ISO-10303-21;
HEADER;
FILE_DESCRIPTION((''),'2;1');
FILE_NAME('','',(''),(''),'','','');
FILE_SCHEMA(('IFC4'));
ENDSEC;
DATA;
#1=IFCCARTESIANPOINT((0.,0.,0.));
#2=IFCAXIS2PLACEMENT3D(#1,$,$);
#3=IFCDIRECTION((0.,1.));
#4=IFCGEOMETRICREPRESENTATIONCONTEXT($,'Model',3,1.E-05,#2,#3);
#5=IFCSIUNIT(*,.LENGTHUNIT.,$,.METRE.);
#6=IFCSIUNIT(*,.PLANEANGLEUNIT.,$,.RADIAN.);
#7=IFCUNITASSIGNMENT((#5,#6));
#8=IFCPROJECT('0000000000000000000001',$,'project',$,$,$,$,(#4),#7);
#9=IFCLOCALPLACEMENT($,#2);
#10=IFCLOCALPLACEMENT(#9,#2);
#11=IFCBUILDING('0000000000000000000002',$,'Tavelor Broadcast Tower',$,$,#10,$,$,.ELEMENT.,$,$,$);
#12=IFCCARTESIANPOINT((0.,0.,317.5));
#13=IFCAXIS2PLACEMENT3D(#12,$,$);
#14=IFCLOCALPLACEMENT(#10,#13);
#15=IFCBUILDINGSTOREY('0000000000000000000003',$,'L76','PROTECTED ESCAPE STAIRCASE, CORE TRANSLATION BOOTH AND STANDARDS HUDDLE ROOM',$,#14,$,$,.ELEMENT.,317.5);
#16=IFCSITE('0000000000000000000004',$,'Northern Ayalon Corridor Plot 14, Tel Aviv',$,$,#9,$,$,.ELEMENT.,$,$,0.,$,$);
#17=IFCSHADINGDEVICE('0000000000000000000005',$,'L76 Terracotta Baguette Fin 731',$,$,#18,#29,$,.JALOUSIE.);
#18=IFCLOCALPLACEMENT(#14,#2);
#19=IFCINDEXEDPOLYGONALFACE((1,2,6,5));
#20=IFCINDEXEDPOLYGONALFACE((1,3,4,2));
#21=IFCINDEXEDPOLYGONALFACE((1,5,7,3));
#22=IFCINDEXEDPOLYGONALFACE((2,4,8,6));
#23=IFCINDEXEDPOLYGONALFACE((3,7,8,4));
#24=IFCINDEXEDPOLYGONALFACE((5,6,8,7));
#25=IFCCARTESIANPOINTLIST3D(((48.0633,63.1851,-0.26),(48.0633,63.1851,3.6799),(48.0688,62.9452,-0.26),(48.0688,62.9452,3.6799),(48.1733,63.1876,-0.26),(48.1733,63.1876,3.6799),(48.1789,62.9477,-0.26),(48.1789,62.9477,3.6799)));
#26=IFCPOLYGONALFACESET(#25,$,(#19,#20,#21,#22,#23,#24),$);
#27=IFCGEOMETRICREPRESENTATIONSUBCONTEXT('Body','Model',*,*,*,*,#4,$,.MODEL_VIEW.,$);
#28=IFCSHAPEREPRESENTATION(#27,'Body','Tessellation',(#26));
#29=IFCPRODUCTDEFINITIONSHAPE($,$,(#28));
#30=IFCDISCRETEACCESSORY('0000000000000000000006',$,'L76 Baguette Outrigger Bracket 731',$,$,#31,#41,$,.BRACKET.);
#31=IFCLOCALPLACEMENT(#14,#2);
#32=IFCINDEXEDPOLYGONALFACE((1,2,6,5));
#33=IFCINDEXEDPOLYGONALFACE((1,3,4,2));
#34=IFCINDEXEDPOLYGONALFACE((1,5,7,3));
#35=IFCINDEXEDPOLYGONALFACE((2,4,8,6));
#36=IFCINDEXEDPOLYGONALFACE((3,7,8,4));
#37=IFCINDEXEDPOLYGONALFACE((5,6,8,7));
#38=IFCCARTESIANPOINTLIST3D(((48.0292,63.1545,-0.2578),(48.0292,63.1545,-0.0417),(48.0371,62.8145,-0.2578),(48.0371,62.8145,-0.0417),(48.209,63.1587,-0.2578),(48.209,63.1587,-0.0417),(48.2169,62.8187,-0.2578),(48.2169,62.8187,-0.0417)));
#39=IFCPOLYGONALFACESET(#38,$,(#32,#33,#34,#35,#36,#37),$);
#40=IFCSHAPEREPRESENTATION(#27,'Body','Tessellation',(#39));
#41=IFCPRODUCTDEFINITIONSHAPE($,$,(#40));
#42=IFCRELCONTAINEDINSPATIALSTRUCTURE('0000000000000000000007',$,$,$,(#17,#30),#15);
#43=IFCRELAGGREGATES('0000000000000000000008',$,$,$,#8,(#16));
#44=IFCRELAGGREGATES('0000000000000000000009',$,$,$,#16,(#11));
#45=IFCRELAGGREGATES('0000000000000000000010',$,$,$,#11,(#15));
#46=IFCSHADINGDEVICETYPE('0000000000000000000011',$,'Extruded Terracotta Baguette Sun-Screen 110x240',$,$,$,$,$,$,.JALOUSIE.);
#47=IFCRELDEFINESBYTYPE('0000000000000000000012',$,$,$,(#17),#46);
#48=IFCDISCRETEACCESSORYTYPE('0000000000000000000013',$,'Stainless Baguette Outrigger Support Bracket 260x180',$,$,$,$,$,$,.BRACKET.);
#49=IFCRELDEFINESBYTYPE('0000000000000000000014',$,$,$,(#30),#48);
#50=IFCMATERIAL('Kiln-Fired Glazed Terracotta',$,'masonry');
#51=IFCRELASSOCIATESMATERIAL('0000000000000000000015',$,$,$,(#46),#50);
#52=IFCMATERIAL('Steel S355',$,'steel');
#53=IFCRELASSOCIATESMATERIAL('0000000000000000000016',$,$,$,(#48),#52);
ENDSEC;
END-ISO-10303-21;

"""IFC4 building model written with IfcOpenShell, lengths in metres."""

from ifc_helpers import new_model, si_unit, direction, frame, origin, origin_2d, place, context, subcontext, project, spatial, rectangle, extrude, source, transform, mapped, material, type_object, type_shapes, element, save


model = new_model("IFC4")

# Units and contexts
model_context = context("Model", 3, precision=1e-05, world=origin(), true_north=direction((0.0, 1.0)))
body_context = subcontext(model_context, "Body", "Model", "MODEL_VIEW")
ifc_project = project(units=[si_unit("LENGTHUNIT", "METRE"), si_unit("PLANEANGLEUNIT", "RADIAN")], contexts=[model_context])

# Site, building, storey
site_placement = place(None, origin())
site = spatial("IfcSite", under=ifc_project, at=site_placement, Name="Northern Ayalon Corridor Plot 14, Tel Aviv", CompositionType="ELEMENT", RefElevation=0.0)
building_placement = place(site_placement, origin())
building = spatial("IfcBuilding", under=site, at=building_placement, Name="Tavelor Broadcast Tower", CompositionType="ELEMENT")
storey_placement = place(building_placement, frame((0.0, 0.0, 317.5)))
storey = spatial("IfcBuildingStorey", under=building, at=storey_placement, Name="L76", Description="PROTECTED ESCAPE STAIRCASE, CORE TRANSLATION BOOTH AND STANDARDS HUDDLE ROOM", CompositionType="ELEMENT", Elevation=317.5)

# Shared definitions
ifc_material_1 = material(Name="Steel S355", Category="steel")

# Shading device
ifc_material_2 = material(Name="Kiln-Fired Glazed Terracotta", Category="masonry")
shading_device_type = type_object("IfcShadingDeviceType", Name="Extruded Terracotta Baguette Sun-Screen 110x240", PredefinedType="JALOUSIE", material=ifc_material_2)
shared_shape_1 = source(origin(), body_context, "Body", "SweptSolid", [
    extrude(rectangle(XDim=0.1101, YDim=0.24, at=origin_2d()), origin(), (0.0, 0.0, 1.0), 3.9399),
])
type_shapes(shading_device_type, [shared_shape_1])
shading_device_placement = place(storey_placement, frame((48.1211, 63.0664, -0.26), z_axis=(0.0, 0.0, 1.0), x_axis=(-0.999731, -0.023211, 0.0)))
element("IfcShadingDevice", 1, at=shading_device_placement, inside=storey, type_object=shading_device_type, Name="L76 Terracotta Baguette Fin 731", PredefinedType="JALOUSIE", context=body_context, shape_type="MappedRepresentation", body=[
    mapped(shared_shape_1, transform((0.0, 0.0, 0.0), scale=1.0)),
])

# Discrete accessory
discrete_accessory_type = type_object("IfcDiscreteAccessoryType", Name="Stainless Baguette Outrigger Support Bracket 260x180", PredefinedType="BRACKET", material=ifc_material_1)
shared_shape_2 = source(origin(), body_context, "Body", "SweptSolid", [
    extrude(rectangle(XDim=0.1799, YDim=0.3401, at=origin_2d()), origin(), (0.0, 0.0, 1.0), 0.2161),
])
type_shapes(discrete_accessory_type, [shared_shape_2])
discrete_accessory_placement = place(storey_placement, frame((48.123, 62.9866, -0.2578), z_axis=(0.0, 0.0, 1.0), x_axis=(-0.999731, -0.023211, 0.0)))
element("IfcDiscreteAccessory", 2, at=discrete_accessory_placement, inside=storey, type_object=discrete_accessory_type, Name="L76 Baguette Outrigger Bracket 731", PredefinedType="BRACKET", context=body_context, shape_type="MappedRepresentation", body=[
    mapped(shared_shape_2, transform((0.0, 0.0, 0.0), scale=1.0)),
])

save(model, "model.ifc")
